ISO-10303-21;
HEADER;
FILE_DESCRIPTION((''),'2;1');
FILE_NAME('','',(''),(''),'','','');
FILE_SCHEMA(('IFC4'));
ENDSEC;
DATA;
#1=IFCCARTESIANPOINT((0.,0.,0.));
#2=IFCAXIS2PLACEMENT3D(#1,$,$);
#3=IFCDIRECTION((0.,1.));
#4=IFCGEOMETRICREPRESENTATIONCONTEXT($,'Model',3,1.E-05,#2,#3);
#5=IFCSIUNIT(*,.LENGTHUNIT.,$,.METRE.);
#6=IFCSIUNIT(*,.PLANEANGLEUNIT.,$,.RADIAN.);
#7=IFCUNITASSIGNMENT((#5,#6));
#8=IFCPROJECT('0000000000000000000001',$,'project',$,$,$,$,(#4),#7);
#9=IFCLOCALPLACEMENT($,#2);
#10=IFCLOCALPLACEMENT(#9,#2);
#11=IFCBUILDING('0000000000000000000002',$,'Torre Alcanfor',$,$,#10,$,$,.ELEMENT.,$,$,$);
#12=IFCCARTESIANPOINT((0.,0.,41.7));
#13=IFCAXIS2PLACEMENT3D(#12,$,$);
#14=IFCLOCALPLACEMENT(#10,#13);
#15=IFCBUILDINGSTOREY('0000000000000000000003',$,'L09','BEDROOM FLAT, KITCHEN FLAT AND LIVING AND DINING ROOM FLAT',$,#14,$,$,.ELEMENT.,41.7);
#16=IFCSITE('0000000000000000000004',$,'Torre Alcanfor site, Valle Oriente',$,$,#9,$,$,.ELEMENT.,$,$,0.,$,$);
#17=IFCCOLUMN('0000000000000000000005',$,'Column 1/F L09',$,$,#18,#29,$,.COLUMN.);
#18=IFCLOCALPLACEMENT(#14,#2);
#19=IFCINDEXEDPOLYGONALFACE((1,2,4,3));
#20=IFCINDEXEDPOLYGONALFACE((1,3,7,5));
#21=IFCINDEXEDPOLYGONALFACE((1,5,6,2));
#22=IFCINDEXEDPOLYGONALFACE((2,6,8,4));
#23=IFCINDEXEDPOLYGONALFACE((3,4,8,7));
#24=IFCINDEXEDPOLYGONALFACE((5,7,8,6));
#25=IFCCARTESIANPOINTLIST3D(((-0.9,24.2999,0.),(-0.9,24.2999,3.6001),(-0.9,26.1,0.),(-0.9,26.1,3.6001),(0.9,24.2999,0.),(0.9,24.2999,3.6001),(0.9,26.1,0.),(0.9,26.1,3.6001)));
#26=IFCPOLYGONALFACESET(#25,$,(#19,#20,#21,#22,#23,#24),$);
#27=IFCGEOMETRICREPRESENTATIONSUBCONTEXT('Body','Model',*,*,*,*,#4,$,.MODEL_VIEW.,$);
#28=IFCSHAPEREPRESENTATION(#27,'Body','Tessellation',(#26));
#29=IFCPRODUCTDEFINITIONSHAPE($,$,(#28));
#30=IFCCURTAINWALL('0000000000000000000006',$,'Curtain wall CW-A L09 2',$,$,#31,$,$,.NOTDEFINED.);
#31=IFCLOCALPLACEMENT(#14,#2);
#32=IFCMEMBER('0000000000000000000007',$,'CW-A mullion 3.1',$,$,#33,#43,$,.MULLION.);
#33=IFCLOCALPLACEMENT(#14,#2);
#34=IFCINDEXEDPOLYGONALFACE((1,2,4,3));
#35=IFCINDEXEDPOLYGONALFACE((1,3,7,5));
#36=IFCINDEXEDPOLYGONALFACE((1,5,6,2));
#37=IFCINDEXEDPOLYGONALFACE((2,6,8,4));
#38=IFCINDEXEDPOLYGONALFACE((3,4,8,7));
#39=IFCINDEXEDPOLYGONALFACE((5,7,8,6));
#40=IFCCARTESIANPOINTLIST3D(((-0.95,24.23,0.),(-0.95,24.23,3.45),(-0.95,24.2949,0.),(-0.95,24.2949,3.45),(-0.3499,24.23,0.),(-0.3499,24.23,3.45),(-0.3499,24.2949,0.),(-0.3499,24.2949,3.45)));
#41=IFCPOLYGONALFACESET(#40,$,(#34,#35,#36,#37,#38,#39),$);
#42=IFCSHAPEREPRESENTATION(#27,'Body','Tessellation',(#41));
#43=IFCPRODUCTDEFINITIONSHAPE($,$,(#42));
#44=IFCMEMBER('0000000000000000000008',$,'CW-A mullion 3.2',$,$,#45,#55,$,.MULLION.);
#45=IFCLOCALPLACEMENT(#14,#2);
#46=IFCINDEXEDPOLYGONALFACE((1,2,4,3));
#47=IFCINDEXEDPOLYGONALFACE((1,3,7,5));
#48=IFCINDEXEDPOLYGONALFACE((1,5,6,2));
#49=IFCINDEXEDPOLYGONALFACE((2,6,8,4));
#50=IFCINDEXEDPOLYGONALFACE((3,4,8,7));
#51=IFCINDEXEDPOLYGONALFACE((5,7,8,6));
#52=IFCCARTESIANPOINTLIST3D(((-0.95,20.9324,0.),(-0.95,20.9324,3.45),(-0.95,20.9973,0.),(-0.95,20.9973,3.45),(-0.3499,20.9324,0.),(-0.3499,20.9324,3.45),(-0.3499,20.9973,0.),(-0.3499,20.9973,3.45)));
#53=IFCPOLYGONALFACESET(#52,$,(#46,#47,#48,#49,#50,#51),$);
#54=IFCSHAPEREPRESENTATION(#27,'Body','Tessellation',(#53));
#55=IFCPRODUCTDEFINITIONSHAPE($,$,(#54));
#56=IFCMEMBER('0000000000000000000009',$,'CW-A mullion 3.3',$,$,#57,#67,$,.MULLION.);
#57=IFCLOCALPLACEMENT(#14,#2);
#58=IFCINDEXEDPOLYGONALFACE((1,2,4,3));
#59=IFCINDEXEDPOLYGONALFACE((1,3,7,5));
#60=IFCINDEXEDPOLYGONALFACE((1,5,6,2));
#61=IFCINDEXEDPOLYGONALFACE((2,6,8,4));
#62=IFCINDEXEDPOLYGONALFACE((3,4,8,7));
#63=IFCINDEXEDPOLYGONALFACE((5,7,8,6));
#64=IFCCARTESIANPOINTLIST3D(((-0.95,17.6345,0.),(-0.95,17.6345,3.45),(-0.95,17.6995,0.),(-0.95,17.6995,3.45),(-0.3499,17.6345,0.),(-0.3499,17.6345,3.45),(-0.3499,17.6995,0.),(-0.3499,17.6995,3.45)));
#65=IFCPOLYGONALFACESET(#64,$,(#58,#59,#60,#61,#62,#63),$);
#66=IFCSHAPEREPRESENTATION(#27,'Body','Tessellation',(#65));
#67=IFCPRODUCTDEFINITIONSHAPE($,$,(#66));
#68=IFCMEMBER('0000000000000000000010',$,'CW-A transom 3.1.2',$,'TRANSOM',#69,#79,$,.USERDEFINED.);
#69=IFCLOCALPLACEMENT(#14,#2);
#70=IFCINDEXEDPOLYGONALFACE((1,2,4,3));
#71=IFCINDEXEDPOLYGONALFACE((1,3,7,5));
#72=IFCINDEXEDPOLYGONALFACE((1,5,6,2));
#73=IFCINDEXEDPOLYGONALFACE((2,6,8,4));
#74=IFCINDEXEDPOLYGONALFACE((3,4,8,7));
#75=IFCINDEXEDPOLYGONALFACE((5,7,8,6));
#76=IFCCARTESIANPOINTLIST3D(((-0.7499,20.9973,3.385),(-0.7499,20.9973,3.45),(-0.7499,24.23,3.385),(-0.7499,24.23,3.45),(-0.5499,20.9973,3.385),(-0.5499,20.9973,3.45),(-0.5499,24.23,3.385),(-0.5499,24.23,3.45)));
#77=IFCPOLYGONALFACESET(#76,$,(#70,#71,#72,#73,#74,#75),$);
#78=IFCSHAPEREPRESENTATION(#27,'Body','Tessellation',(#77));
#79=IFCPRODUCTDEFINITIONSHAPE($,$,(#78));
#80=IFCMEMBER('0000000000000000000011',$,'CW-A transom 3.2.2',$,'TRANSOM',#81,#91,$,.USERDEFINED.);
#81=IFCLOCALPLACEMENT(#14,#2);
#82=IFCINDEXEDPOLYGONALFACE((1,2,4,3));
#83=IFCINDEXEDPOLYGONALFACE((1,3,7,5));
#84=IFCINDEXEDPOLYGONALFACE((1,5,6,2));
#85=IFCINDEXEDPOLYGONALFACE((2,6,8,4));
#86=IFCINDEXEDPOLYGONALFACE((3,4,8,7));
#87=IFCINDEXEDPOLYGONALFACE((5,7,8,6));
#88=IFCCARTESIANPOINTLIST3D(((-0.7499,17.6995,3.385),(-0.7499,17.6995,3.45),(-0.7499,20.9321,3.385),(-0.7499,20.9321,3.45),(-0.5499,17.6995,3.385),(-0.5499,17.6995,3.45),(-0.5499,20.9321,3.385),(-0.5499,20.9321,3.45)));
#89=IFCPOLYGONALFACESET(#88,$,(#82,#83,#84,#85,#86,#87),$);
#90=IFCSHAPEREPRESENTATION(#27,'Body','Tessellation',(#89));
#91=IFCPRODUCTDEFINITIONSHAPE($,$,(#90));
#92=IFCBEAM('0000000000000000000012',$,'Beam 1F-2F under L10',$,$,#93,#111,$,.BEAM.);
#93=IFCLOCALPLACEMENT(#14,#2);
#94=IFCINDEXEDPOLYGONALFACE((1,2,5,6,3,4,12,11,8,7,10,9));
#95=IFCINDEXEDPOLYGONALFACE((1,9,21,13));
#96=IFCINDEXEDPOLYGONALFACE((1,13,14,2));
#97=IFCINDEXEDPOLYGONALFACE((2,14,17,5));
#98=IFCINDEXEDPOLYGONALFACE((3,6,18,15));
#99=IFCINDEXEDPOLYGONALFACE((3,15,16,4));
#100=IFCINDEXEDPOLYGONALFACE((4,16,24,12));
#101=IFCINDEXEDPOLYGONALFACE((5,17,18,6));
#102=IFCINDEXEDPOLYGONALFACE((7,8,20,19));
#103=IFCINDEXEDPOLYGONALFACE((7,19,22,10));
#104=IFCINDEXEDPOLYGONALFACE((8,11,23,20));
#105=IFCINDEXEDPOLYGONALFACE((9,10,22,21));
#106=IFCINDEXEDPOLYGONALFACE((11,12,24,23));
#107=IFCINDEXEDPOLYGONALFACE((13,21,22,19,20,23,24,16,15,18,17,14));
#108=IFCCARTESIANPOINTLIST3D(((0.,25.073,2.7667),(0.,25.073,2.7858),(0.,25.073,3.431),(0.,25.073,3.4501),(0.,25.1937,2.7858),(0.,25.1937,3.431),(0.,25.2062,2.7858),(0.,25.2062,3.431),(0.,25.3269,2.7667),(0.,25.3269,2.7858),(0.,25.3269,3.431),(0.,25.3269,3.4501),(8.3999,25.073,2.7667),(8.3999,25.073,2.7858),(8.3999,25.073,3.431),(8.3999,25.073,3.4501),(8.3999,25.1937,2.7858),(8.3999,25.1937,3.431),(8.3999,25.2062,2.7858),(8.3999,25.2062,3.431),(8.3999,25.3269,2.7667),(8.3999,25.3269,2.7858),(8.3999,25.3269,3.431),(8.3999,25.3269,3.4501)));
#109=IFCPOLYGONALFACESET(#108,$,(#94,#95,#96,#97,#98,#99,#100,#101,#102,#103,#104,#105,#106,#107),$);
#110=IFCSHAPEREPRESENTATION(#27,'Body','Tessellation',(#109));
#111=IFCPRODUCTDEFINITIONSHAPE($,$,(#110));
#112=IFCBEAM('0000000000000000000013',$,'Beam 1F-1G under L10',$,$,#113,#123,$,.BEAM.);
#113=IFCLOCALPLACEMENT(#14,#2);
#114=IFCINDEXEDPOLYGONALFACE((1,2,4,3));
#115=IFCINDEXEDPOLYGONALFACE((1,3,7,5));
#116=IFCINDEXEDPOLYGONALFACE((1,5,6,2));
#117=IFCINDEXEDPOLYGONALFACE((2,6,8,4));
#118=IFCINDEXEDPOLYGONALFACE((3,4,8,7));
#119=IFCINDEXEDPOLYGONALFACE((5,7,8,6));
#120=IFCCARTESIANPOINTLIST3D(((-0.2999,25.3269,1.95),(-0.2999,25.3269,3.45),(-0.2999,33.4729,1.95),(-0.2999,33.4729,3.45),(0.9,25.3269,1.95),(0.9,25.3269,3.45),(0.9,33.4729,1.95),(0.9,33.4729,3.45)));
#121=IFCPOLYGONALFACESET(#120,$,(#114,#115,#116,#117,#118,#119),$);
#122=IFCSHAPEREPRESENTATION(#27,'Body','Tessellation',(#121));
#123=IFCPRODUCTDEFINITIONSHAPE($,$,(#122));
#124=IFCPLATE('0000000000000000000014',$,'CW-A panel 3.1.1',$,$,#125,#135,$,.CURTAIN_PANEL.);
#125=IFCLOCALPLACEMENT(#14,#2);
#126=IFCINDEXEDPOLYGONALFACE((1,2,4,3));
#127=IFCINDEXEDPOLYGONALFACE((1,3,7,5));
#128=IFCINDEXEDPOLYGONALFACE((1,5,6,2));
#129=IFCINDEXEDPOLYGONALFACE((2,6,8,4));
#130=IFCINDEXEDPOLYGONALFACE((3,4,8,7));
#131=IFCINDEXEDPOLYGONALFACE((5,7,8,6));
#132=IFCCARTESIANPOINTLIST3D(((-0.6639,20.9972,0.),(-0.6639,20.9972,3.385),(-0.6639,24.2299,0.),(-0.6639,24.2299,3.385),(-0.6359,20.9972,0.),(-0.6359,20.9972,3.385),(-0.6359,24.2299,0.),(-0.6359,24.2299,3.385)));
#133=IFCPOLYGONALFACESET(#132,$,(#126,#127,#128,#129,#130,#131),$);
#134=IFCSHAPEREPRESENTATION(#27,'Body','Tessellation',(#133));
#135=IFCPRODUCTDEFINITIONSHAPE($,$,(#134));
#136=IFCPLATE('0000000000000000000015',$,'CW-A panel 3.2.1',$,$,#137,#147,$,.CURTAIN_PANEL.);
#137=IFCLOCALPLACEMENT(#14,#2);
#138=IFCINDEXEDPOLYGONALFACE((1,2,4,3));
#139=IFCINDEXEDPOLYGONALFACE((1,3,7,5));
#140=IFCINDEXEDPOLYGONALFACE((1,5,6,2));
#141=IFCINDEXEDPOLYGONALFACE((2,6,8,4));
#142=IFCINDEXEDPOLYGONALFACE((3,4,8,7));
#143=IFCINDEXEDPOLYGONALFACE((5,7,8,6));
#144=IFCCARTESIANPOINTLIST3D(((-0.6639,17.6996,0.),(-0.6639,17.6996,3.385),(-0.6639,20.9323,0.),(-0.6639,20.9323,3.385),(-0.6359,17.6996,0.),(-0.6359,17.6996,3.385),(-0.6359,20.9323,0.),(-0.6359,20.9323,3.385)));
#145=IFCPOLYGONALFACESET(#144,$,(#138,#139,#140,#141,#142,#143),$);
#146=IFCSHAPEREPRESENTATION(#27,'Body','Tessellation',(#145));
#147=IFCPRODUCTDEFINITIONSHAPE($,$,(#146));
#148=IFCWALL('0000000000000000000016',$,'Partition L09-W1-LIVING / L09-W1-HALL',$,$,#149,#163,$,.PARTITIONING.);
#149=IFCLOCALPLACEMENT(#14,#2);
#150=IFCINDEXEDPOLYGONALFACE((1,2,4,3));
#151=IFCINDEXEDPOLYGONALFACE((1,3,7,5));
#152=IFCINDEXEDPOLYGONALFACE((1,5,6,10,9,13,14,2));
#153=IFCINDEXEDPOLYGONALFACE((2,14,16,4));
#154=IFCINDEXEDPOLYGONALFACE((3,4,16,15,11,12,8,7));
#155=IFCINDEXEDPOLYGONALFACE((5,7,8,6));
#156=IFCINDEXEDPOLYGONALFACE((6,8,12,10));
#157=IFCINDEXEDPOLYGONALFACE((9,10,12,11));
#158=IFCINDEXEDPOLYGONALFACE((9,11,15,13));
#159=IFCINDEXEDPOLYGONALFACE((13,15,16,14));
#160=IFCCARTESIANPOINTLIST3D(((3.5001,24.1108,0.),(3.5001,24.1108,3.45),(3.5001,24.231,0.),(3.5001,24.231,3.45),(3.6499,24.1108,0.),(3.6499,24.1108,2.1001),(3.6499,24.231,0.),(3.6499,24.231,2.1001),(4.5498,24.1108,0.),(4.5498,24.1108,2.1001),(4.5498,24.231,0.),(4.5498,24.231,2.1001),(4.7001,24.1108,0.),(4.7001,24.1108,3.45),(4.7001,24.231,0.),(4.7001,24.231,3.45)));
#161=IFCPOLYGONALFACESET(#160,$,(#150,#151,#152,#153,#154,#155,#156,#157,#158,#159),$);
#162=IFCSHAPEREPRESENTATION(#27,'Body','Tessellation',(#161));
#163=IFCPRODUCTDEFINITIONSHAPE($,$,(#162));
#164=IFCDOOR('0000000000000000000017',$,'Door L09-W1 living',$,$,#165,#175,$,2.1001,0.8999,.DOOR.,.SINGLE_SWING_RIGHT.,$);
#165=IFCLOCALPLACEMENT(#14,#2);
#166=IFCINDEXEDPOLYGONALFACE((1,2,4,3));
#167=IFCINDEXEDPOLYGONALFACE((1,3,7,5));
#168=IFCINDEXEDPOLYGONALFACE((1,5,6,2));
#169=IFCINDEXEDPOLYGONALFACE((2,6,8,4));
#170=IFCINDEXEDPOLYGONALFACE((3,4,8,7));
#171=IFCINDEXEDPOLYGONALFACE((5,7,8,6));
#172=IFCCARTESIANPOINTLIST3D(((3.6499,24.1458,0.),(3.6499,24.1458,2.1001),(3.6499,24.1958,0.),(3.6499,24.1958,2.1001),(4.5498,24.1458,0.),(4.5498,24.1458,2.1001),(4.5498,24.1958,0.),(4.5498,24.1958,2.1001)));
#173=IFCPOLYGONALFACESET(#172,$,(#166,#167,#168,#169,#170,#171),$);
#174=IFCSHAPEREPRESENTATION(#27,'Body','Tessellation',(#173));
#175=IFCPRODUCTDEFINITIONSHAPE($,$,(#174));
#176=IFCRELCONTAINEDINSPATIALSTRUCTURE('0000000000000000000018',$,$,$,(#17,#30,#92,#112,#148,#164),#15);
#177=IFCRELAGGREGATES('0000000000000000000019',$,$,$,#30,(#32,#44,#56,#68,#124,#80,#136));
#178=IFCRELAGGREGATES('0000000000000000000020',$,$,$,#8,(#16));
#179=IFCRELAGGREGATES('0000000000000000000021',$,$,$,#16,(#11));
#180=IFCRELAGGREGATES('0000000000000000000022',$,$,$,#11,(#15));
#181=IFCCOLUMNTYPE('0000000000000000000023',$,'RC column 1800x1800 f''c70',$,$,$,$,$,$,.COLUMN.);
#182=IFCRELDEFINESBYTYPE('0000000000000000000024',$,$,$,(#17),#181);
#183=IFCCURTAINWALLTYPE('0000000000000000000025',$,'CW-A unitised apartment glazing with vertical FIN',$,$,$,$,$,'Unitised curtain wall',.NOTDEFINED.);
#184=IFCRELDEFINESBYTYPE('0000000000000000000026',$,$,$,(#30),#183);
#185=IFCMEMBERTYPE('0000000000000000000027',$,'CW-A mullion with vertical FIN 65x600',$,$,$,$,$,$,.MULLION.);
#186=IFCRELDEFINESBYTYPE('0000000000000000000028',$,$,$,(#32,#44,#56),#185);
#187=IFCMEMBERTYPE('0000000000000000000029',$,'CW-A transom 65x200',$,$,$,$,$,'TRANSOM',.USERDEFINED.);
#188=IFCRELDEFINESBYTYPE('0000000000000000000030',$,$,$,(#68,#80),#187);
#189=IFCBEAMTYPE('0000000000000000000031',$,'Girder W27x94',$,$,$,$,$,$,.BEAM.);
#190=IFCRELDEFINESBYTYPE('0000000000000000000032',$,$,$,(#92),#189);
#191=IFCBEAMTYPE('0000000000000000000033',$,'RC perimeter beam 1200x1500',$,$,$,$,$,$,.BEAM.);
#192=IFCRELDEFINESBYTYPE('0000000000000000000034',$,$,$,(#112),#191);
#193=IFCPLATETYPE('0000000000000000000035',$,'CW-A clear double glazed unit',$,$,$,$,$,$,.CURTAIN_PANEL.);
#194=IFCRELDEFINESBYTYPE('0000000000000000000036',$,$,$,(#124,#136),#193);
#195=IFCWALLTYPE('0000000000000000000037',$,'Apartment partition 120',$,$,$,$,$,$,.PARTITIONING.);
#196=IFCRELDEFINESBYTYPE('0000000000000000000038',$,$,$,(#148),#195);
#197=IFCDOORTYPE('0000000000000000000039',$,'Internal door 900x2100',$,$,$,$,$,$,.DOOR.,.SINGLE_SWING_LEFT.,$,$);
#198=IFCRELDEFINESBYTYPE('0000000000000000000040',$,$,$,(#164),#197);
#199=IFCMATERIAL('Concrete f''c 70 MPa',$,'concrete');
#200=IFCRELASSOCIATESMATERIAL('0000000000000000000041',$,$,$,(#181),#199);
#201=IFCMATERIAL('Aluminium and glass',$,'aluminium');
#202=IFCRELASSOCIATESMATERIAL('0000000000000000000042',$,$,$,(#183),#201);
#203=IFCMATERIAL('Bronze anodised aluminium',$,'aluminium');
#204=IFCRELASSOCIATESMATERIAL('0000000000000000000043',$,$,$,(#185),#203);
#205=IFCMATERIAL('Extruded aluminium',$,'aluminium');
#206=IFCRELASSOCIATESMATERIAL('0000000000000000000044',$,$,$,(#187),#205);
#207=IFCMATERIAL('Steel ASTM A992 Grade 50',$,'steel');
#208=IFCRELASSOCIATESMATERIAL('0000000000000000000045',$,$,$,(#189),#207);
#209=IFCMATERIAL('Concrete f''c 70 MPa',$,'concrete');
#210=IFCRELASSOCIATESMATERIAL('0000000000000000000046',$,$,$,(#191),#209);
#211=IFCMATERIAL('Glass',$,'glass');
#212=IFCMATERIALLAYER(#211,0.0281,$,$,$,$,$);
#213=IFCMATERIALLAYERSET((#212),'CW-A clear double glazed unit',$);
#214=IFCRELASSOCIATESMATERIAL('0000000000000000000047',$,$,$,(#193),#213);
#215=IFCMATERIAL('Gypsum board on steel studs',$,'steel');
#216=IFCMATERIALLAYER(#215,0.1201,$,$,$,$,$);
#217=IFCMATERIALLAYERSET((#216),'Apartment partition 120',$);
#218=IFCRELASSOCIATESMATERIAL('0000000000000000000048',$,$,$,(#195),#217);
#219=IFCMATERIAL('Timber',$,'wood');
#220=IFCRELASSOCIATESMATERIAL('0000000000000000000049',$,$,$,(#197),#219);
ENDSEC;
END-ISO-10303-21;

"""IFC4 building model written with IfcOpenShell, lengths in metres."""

from ifc_helpers import new_model, si_unit, direction, frame, frame_2d, origin, origin_2d, place, context, subcontext, project, spatial, rectangle, i_section, extrude, material, layer, layer_set, material_profile, profile_set, type_object, element, fill, aggregate, save


model = new_model("IFC4")

# Units and contexts
model_context = context("Model", 3, precision=1e-05, world=origin(), true_north=direction((0.0, 1.0)))
body_context = subcontext(model_context, "Body", "Model", "MODEL_VIEW")
ifc_project = project(units=[si_unit("LENGTHUNIT", "METRE"), si_unit("PLANEANGLEUNIT", "RADIAN")], contexts=[model_context])

# Site, building, storey
site_placement = place(None, origin())
site = spatial("IfcSite", under=ifc_project, at=site_placement, Name="Torre Alcanfor site, Valle Oriente", CompositionType="ELEMENT", RefElevation=0.0)
building_placement = place(site_placement, origin())
building = spatial("IfcBuilding", under=site, at=building_placement, Name="Torre Alcanfor", CompositionType="ELEMENT")
storey_placement = place(building_placement, frame((0.0, 0.0, 41.7)))
storey = spatial("IfcBuildingStorey", under=building, at=storey_placement, Name="L09", Description="BEDROOM FLAT, KITCHEN FLAT AND LIVING AND DINING ROOM FLAT", CompositionType="ELEMENT", Elevation=41.7)

# Column
ifc_material_1 = material(Name="Concrete f'c 70 MPa", Category="concrete")
ifc_material_profile_1 = material_profile(ifc_material_1, rectangle(XDim=1.8, YDim=1.8, at=origin_2d()), Name="1800x1800")
ifc_profile_set_1 = profile_set([ifc_material_profile_1], Name="Concrete f'c 70 MPa")
column_type = type_object("IfcColumnType", Name="RC column 1800x1800 f'c70", PredefinedType="COLUMN", material=ifc_profile_set_1)
column_placement = place(storey_placement, frame((0.0, 25.2, 0.0), z_axis=(0.0, 0.0, 1.0), x_axis=(1.0, 0.0, 0.0)))
element("IfcColumn", 1, at=column_placement, inside=storey, type_object=column_type, Name="Column 1/F L09", PredefinedType="COLUMN", context=body_context, shape_type="SweptSolid", body=[
    extrude(rectangle(XDim=1.8, YDim=1.8, at=origin_2d()), origin(), (0.0, 0.0, 1.0), 3.6001),
])

# Curtain wall, members
ifc_material_2 = material(Name="Aluminium and glass", Category="aluminium")
curtain_wall_type = type_object("IfcCurtainWallType", Name="CW-A unitised apartment glazing with vertical FIN", ElementType="Unitised curtain wall", PredefinedType="NOTDEFINED", material=ifc_material_2)
curtain_wall_placement = place(storey_placement, origin())
curtain_wall = element("IfcCurtainWall", 2, at=curtain_wall_placement, inside=storey, type_object=curtain_wall_type, Name="Curtain wall CW-A L09 2", PredefinedType="NOTDEFINED")
ifc_material_3 = material(Name="Bronze anodised aluminium", Category="aluminium")
ifc_material_profile_2 = material_profile(ifc_material_3, rectangle(XDim=0.6001, YDim=0.0649, at=origin_2d()), Name="CW-A mullion 65x600")
ifc_profile_set_2 = profile_set([ifc_material_profile_2], Name="Bronze anodised aluminium")
member_type_1 = type_object("IfcMemberType", Name="CW-A mullion with vertical FIN 65x600", PredefinedType="MULLION", material=ifc_profile_set_2)
member_1_placement = place(storey_placement, frame((-0.6499, 24.2625, 0.0), z_axis=(0.0, 0.0, 1.0), x_axis=(1.0, 0.0, 0.0)))
member_1 = element("IfcMember", 3, at=member_1_placement, type_object=member_type_1, Name="CW-A mullion 3.1", PredefinedType="MULLION", context=body_context, shape_type="SweptSolid", body=[
    extrude(rectangle(XDim=0.6001, YDim=0.0649, at=origin_2d()), origin(), (0.0, 0.0, 1.0), 3.45),
])
member_2_placement = place(storey_placement, frame((-0.6499, 20.9648, 0.0), z_axis=(0.0, 0.0, 1.0), x_axis=(1.0, 0.0, 0.0)))
member_2 = element("IfcMember", 4, at=member_2_placement, type_object=member_type_1, Name="CW-A mullion 3.2", PredefinedType="MULLION", context=body_context, shape_type="SweptSolid", body=[
    extrude(rectangle(XDim=0.6001, YDim=0.0649, at=origin_2d()), origin(), (0.0, 0.0, 1.0), 3.45),
])
member_3_placement = place(storey_placement, frame((-0.6499, 17.667, 0.0), z_axis=(0.0, 0.0, 1.0), x_axis=(1.0, 0.0, 0.0)))
member_3 = element("IfcMember", 5, at=member_3_placement, type_object=member_type_1, Name="CW-A mullion 3.3", PredefinedType="MULLION", context=body_context, shape_type="SweptSolid", body=[
    extrude(rectangle(XDim=0.6001, YDim=0.0649, at=origin_2d()), origin(), (0.0, 0.0, 1.0), 3.45),
])
ifc_material_4 = material(Name="Extruded aluminium", Category="aluminium")
ifc_material_profile_3 = material_profile(ifc_material_4, rectangle(XDim=0.2, YDim=0.0649, at=origin_2d()), Name="CW-A transom 200x65")
ifc_profile_set_3 = profile_set([ifc_material_profile_3], Name="Extruded aluminium")
member_type_2 = type_object("IfcMemberType", Name="CW-A transom 65x200", ElementType="TRANSOM", PredefinedType="USERDEFINED", material=ifc_profile_set_3)
member_4_placement = place(storey_placement, frame((-0.6499, 24.23, 3.4175), z_axis=(0.0, -1.0, 0.0), x_axis=(1.0, 0.0, 0.0)))
member_4 = element("IfcMember", 6, at=member_4_placement, type_object=member_type_2, Name="CW-A transom 3.1.2", ObjectType="TRANSOM", PredefinedType="USERDEFINED", context=body_context, shape_type="SweptSolid", body=[
    extrude(rectangle(XDim=0.2, YDim=0.0649, at=origin_2d()), origin(), (0.0, 0.0, 1.0), 3.2327),
])
member_5_placement = place(storey_placement, frame((-0.6499, 20.9321, 3.4175), z_axis=(0.0, -1.0, 0.0), x_axis=(1.0, 0.0, 0.0)))
member_5 = element("IfcMember", 7, at=member_5_placement, type_object=member_type_2, Name="CW-A transom 3.2.2", ObjectType="TRANSOM", PredefinedType="USERDEFINED", context=body_context, shape_type="SweptSolid", body=[
    extrude(rectangle(XDim=0.2, YDim=0.0649, at=origin_2d()), origin(), (0.0, 0.0, 1.0), 3.2327),
])

# Beams
ifc_material_5 = material(Name="Steel ASTM A992 Grade 50", Category="steel")
ifc_material_profile_4 = material_profile(ifc_material_5, i_section(OverallWidth=0.2539, OverallDepth=0.6833, WebThickness=0.0125, FlangeThickness=0.019, at=origin_2d()), Name="W27x94")
ifc_profile_set_4 = profile_set([ifc_material_profile_4], Name="Steel ASTM A992 Grade 50")
beam_type_1 = type_object("IfcBeamType", Name="Girder W27x94", PredefinedType="BEAM", material=ifc_profile_set_4)
beam_1_placement = place(storey_placement, frame((0.0, 25.2, 3.1084), z_axis=(1.0, 0.0, 0.0), x_axis=(0.0, 1.0, 0.0)))
element("IfcBeam", 8, at=beam_1_placement, inside=storey, type_object=beam_type_1, Name="Beam 1F-2F under L10", PredefinedType="BEAM", context=body_context, shape_type="SweptSolid", body=[
    extrude(i_section(OverallWidth=0.2539, OverallDepth=0.6833, WebThickness=0.0125, FlangeThickness=0.019, at=origin_2d()), origin(), (0.0, 0.0, 1.0), 8.3999),
])
ifc_material_6 = material(Name="Concrete f'c 70 MPa", Category="concrete")
ifc_material_profile_5 = material_profile(ifc_material_6, rectangle(XDim=1.2, YDim=1.5, at=origin_2d()), Name="1200x1500")
ifc_profile_set_5 = profile_set([ifc_material_profile_5], Name="Concrete f'c 70 MPa")
beam_type_2 = type_object("IfcBeamType", Name="RC perimeter beam 1200x1500", PredefinedType="BEAM", material=ifc_profile_set_5)
beam_2_placement = place(storey_placement, frame((0.3, 25.3269, 2.7), z_axis=(0.0, 1.0, 0.0), x_axis=(-1.0, 0.0, 0.0)))
element("IfcBeam", 9, at=beam_2_placement, inside=storey, type_object=beam_type_2, Name="Beam 1F-1G under L10", PredefinedType="BEAM", context=body_context, shape_type="SweptSolid", body=[
    extrude(rectangle(XDim=1.2, YDim=1.5, at=origin_2d()), origin(), (0.0, 0.0, 1.0), 8.146),
])

# Plates
ifc_material_7 = material(Name="Glass", Category="glass")
ifc_layer_1 = layer(ifc_material_7, 0.0281)
ifc_layer_set_1 = layer_set([ifc_layer_1], Name="CW-A clear double glazed unit")
plate_type = type_object("IfcPlateType", Name="CW-A clear double glazed unit", PredefinedType="CURTAIN_PANEL", material=ifc_layer_set_1)
plate_1_placement = place(storey_placement, frame((-0.6499, 22.6135, 0.0), z_axis=(0.0, 0.0, 1.0), x_axis=(0.0, -1.0, 0.0)))
plate_1 = element("IfcPlate", 10, at=plate_1_placement, type_object=plate_type, Name="CW-A panel 3.1.1", PredefinedType="CURTAIN_PANEL", context=body_context, shape_type="SweptSolid", body=[
    extrude(rectangle(XDim=3.2327, YDim=0.0281, at=origin_2d()), origin(), (0.0, 0.0, 1.0), 3.385),
])
plate_2_placement = place(storey_placement, frame((-0.6499, 19.3159, 0.0), z_axis=(0.0, 0.0, 1.0), x_axis=(0.0, -1.0, 0.0)))
plate_2 = element("IfcPlate", 11, at=plate_2_placement, type_object=plate_type, Name="CW-A panel 3.2.1", PredefinedType="CURTAIN_PANEL", context=body_context, shape_type="SweptSolid", body=[
    extrude(rectangle(XDim=3.2327, YDim=0.0281, at=origin_2d()), origin(), (0.0, 0.0, 1.0), 3.385),
])
aggregate(curtain_wall, [member_1, member_2, member_3, member_4, plate_1, member_5, plate_2])

# Wall, opening, door
ifc_material_8 = material(Name="Gypsum board on steel studs", Category="steel")
ifc_layer_2 = layer(ifc_material_8, 0.1201)
ifc_layer_set_2 = layer_set([ifc_layer_2], Name="Apartment partition 120")
wall_type_1 = type_object("IfcWallType", Name="Apartment partition 120", PredefinedType="PARTITIONING", material=ifc_layer_set_2)
wall_1_placement = place(storey_placement, frame((3.5, 24.1709, 0.0), z_axis=(0.0, 0.0, 1.0), x_axis=(1.0, 0.0, 0.0)))
wall_1 = element("IfcWall", 12, at=wall_1_placement, inside=storey, type_object=wall_type_1, Name="Partition L09-W1-LIVING / L09-W1-HALL", PredefinedType="PARTITIONING", context=body_context, shape_type="SweptSolid", body=[
    extrude(rectangle(XDim=1.2, YDim=0.1201, at=frame_2d((0.6001, 0.0))), origin(), (0.0, 0.0, 1.0), 3.45),
])
opening_1_placement = place(wall_1_placement, frame((0.1499, 0.0, 0.0)))
opening_1 = element("IfcOpeningElement", 13, at=opening_1_placement, cuts=wall_1, PredefinedType="OPENING", context=body_context, shape_type="SweptSolid", body=[
    extrude(rectangle(XDim=0.8999, YDim=2.1001, at=frame_2d((0.45, 1.05))), frame((0.0, 0.0701, 0.0), z_axis=(0.0, -1.0, 0.0), x_axis=(1.0, 0.0, 0.0)), (0.0, 0.0, 1.0), 0.1401),
])
ifc_material_9 = material(Name="Timber", Category="wood")
door_type = type_object("IfcDoorType", Name="Internal door 900x2100", OperationType="SINGLE_SWING_LEFT", PredefinedType="DOOR", material=ifc_material_9)
door_1_placement = place(opening_1_placement, origin())
door_1 = element("IfcDoor", 14, at=door_1_placement, inside=storey, type_object=door_type, Name="Door L09-W1 living", OperationType="SINGLE_SWING_RIGHT", OverallHeight=2.1001, OverallWidth=0.8999, PredefinedType="DOOR", context=body_context, shape_type="SweptSolid", body=[
    extrude(rectangle(XDim=0.8999, YDim=2.1001, at=frame_2d((0.45, 1.05))), frame((0.0, 0.0249, 0.0), z_axis=(0.0, -1.0, 0.0), x_axis=(1.0, 0.0, 0.0)), (0.0, 0.0, 1.0), 0.05),
])
fill(opening_1, door_1)

save(model, "model.ifc")
